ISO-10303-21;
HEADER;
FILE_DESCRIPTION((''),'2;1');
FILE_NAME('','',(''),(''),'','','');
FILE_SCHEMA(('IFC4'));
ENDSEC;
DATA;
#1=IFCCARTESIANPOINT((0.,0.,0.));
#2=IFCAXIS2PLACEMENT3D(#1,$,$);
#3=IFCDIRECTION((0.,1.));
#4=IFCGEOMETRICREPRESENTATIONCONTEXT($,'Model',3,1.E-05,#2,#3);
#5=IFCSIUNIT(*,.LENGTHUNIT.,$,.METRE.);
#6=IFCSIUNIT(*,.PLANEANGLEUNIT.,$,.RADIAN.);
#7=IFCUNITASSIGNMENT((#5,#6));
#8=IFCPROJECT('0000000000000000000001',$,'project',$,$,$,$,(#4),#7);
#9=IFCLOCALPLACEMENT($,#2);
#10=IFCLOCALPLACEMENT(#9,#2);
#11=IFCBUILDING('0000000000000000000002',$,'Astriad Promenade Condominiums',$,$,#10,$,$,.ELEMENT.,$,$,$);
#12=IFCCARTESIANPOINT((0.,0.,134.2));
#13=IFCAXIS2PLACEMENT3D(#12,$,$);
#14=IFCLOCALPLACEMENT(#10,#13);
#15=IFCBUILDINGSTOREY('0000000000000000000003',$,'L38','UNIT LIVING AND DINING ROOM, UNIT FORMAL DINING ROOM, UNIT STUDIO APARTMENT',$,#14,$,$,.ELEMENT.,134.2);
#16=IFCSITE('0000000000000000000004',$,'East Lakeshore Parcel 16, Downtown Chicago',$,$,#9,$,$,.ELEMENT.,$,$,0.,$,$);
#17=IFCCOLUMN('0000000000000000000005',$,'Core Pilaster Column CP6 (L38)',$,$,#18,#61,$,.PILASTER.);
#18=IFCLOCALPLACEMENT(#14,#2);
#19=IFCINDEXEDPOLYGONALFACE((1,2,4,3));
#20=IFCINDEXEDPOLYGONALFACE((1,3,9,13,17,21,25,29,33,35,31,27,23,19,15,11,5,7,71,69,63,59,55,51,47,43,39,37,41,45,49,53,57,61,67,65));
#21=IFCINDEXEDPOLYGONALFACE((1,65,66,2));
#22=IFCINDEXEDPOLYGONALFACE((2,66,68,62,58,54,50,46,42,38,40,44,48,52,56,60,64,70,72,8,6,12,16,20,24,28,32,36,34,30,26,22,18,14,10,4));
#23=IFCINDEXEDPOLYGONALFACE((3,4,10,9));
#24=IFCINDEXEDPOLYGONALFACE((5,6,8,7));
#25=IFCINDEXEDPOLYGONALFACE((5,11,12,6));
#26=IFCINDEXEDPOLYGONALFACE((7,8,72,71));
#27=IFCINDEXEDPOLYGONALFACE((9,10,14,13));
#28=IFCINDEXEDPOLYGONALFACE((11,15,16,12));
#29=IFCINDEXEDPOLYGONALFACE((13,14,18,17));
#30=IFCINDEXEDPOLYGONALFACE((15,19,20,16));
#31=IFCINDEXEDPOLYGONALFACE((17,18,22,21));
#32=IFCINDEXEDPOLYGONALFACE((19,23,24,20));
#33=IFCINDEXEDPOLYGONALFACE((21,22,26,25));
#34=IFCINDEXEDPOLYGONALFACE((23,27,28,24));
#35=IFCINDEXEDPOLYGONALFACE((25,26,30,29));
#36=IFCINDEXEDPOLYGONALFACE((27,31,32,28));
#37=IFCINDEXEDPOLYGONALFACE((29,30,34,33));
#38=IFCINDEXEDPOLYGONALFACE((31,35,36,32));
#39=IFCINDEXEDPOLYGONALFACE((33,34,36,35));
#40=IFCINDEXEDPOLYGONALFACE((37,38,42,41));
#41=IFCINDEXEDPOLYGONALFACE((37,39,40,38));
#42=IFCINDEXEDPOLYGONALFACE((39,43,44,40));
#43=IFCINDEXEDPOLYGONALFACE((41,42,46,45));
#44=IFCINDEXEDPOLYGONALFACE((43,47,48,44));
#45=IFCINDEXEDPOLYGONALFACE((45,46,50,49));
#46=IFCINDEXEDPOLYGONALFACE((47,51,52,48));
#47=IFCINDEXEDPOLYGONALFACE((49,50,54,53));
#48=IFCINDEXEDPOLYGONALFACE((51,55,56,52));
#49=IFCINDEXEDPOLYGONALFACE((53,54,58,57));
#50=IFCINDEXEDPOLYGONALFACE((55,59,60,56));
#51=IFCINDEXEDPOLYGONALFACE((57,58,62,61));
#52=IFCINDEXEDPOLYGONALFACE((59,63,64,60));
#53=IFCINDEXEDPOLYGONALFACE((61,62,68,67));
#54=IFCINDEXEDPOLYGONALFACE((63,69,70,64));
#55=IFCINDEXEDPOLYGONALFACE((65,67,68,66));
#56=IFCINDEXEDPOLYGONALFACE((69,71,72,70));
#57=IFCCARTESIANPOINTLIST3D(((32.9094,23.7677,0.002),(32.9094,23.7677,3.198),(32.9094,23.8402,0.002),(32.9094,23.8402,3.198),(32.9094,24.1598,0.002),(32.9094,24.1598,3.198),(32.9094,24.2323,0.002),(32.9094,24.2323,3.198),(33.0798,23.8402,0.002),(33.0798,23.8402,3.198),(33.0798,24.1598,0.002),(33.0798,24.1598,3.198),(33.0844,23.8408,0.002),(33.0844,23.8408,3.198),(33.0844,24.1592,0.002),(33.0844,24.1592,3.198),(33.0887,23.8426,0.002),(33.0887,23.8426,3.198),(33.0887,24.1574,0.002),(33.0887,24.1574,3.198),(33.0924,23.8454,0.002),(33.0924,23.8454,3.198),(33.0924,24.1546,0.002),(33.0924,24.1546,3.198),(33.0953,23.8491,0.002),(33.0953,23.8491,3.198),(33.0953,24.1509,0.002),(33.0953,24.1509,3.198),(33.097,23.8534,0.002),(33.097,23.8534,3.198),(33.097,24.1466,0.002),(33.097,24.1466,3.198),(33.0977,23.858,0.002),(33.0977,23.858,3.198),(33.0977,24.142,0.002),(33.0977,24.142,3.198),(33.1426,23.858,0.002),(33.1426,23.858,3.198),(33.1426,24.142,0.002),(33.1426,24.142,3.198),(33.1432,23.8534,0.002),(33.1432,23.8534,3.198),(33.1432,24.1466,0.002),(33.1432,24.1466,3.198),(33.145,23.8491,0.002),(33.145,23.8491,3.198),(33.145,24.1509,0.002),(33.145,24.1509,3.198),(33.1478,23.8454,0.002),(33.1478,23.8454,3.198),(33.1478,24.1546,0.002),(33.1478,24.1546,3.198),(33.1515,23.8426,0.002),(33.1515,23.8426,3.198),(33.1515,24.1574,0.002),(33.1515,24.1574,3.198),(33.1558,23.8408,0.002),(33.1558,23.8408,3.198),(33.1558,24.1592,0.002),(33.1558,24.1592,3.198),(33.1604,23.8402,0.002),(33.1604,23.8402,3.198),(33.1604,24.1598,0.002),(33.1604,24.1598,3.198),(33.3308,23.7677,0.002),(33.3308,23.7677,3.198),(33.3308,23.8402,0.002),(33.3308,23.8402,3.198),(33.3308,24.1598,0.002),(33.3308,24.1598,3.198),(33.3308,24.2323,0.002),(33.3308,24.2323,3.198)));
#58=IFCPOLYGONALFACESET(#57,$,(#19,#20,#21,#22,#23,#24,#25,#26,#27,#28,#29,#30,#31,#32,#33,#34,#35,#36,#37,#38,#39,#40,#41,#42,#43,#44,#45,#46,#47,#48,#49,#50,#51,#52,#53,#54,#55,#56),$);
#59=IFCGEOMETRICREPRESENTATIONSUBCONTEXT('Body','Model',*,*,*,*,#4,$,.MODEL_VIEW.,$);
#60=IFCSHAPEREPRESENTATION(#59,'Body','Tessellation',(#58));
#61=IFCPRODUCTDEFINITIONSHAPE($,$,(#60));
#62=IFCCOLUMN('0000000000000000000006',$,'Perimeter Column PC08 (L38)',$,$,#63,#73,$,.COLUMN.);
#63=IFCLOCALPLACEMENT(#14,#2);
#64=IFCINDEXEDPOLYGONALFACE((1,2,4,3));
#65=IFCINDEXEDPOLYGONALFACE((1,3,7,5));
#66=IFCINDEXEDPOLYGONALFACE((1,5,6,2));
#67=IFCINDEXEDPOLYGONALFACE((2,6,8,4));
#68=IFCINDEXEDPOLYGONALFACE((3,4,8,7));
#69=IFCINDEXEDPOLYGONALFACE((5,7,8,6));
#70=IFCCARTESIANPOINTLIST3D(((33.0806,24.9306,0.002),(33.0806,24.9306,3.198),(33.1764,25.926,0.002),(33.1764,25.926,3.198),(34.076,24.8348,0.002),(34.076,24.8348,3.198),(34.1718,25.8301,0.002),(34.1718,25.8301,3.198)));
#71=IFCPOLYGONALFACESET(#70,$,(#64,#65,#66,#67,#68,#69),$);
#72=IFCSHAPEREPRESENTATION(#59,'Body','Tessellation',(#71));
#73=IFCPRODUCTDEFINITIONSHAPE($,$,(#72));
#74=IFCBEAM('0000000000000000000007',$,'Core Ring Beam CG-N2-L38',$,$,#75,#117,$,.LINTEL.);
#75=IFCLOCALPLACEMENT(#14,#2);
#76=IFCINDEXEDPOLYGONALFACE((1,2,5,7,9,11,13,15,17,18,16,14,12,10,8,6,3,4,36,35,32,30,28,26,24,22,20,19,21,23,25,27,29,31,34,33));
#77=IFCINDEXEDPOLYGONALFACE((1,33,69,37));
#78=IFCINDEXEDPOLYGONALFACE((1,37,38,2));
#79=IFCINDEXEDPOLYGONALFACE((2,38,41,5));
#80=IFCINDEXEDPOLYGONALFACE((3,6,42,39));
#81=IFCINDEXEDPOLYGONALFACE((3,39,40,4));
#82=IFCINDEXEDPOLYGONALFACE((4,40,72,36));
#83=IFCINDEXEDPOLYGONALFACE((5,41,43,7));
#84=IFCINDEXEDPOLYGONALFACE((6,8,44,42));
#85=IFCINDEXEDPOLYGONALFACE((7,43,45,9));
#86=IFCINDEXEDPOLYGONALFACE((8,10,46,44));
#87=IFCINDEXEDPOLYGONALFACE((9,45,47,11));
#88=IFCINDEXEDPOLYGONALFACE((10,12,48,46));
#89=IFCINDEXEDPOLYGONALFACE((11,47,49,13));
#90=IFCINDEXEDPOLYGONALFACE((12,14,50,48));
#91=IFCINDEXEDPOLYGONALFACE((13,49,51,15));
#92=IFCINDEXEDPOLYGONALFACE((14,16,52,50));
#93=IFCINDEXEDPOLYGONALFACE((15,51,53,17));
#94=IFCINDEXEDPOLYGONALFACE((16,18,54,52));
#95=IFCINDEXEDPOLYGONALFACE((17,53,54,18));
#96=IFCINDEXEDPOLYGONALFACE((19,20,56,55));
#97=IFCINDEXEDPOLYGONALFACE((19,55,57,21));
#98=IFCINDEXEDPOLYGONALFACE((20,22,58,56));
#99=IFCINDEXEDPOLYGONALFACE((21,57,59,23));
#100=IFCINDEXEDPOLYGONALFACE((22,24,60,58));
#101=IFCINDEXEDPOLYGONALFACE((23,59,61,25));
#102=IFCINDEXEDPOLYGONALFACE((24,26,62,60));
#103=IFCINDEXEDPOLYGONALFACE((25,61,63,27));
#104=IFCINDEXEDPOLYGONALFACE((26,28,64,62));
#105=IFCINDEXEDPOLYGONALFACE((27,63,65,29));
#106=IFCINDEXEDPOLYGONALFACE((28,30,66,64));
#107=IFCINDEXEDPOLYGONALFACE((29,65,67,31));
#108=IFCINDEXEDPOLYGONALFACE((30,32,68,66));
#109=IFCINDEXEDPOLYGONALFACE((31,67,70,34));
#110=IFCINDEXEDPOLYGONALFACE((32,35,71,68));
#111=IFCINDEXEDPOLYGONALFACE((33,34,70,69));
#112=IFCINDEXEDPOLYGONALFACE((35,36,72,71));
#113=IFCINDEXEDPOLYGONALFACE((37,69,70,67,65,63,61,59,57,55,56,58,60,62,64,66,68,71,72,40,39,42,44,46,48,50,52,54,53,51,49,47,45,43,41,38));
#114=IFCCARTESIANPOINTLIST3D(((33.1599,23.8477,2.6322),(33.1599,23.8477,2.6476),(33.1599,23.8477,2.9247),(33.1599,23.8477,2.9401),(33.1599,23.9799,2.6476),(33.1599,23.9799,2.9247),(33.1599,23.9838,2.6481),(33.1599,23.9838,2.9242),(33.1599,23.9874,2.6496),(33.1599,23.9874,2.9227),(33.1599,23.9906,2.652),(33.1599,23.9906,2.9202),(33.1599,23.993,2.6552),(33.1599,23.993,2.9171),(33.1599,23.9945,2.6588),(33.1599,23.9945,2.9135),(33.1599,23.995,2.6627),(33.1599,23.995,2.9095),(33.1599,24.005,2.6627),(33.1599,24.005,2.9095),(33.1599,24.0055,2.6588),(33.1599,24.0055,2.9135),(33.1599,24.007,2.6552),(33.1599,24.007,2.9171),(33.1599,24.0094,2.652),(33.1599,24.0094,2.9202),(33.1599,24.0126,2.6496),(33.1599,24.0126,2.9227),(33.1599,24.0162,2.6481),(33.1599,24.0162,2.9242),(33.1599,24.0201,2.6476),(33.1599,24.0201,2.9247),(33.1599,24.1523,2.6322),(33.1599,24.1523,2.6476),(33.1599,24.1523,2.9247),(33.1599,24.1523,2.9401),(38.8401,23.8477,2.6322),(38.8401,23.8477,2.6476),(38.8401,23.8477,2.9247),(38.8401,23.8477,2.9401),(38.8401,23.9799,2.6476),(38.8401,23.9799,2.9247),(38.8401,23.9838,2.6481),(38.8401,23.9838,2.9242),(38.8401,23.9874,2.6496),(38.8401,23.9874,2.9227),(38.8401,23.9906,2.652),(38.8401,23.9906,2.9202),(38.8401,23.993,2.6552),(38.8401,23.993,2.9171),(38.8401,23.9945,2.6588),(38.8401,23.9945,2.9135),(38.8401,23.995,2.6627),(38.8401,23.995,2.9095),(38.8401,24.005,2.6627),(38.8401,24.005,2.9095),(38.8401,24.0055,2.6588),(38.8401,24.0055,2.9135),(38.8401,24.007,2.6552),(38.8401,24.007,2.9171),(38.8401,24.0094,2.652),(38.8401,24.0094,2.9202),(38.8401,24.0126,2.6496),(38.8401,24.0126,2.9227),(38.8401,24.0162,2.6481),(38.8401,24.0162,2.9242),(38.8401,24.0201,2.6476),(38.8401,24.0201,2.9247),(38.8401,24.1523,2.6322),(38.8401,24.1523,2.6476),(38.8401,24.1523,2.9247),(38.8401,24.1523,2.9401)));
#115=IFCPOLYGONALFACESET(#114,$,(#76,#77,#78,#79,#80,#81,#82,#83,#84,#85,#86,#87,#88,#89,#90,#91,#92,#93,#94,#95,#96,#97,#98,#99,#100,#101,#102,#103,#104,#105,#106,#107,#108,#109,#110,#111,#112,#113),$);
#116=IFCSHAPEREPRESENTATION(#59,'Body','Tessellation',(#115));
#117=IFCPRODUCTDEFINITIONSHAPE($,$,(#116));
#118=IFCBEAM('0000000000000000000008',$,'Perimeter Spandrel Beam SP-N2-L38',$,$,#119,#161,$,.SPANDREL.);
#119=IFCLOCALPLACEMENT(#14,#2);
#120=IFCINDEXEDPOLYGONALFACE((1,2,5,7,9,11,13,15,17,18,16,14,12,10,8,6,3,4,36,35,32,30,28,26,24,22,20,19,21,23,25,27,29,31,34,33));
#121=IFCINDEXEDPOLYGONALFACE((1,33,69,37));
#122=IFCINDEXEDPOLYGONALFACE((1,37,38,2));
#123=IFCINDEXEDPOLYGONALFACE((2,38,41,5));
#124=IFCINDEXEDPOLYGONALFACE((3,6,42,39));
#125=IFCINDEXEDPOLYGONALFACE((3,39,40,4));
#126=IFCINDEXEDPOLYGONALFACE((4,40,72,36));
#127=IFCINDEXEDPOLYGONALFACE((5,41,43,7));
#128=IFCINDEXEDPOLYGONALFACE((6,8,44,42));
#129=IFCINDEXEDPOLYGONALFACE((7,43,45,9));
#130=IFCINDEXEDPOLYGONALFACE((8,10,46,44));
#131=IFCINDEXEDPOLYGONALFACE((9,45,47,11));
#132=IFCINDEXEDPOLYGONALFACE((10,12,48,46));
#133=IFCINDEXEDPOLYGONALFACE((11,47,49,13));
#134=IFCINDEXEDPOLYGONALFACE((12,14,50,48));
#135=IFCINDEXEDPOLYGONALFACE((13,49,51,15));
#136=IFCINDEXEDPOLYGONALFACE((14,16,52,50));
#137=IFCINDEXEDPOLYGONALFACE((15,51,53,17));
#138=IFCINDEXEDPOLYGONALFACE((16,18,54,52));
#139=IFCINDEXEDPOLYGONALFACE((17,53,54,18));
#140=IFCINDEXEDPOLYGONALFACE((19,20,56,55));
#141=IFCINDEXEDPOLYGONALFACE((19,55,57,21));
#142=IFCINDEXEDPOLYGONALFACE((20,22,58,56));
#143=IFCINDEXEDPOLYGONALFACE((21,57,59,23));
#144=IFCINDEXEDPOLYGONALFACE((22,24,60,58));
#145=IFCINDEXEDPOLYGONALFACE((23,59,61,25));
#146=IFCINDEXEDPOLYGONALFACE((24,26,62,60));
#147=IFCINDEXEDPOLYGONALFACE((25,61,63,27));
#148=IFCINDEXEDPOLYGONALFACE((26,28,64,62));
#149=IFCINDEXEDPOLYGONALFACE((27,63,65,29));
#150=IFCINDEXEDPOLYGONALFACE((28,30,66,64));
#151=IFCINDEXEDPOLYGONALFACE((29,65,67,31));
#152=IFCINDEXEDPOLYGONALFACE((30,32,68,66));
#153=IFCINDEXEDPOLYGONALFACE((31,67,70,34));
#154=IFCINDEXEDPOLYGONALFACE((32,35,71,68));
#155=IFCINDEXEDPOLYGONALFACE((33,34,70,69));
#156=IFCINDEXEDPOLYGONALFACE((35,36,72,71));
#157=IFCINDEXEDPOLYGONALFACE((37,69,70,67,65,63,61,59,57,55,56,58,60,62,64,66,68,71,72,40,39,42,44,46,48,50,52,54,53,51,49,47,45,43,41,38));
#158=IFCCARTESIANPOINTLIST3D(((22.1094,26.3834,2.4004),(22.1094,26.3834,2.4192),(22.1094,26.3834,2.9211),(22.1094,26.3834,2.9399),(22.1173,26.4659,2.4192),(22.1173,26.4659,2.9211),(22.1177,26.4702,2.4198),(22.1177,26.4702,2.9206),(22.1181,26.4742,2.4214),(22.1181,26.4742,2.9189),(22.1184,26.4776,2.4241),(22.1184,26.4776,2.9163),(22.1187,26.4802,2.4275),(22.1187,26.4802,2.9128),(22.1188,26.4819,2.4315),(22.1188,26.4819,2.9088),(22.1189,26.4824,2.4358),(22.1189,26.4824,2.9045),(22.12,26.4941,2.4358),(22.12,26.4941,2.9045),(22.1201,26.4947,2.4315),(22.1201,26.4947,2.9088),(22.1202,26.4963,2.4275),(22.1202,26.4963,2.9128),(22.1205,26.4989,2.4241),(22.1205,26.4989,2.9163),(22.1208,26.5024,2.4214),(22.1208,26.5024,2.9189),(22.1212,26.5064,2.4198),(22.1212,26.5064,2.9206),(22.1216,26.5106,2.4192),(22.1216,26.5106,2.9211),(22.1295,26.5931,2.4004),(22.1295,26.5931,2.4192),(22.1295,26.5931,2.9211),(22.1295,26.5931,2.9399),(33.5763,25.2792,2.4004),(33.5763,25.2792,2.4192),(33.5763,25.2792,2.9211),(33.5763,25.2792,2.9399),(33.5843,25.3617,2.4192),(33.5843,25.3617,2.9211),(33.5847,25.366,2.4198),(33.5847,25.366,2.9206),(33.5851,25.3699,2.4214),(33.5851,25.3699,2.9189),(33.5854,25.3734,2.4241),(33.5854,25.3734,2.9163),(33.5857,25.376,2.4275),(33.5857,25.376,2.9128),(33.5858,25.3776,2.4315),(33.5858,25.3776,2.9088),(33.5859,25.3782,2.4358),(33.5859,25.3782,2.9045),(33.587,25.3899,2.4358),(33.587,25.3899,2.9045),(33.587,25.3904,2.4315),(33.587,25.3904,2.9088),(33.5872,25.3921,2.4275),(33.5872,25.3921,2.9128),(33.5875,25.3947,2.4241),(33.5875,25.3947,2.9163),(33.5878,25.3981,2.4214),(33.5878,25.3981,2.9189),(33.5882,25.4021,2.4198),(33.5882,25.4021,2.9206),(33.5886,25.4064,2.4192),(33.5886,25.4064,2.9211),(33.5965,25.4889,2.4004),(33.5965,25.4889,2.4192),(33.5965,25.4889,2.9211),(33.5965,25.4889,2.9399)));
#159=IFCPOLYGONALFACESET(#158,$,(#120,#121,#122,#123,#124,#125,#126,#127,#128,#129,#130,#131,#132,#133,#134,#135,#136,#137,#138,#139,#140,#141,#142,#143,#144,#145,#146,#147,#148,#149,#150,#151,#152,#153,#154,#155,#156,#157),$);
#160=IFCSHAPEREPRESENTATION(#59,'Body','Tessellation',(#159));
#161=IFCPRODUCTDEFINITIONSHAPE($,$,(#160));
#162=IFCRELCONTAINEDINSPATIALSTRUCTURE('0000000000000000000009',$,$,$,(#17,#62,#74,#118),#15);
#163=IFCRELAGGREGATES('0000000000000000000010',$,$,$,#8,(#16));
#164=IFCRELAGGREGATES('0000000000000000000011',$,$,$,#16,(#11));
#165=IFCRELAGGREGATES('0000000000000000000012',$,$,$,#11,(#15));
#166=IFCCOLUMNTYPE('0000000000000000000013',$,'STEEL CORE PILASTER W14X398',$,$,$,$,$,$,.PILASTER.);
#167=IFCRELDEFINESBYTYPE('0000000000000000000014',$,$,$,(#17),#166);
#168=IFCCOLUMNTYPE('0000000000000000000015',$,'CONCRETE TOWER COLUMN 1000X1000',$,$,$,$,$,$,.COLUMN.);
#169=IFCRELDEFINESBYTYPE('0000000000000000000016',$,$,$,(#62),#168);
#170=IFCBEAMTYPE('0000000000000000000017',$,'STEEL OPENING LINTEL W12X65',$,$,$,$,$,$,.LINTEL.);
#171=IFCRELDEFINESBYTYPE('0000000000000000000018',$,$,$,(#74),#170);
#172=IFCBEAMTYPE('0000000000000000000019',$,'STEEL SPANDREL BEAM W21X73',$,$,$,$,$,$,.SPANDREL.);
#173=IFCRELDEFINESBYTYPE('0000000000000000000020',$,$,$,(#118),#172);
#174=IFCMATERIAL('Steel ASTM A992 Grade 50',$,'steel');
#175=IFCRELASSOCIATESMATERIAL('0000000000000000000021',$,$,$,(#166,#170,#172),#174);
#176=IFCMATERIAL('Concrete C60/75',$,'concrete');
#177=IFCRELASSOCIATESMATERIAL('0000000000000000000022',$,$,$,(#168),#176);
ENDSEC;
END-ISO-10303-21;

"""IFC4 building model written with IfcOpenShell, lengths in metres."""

from ifc_helpers import new_model, si_unit, direction, frame, origin, origin_2d, place, context, subcontext, project, spatial, rectangle, i_section, extrude, source, transform, mapped, material, material_profile, profile_set, type_object, type_shapes, element, save


model = new_model("IFC4")

# Units and contexts
model_context = context("Model", 3, precision=1e-05, world=origin(), true_north=direction((0.0, 1.0)))
body_context = subcontext(model_context, "Body", "Model", "MODEL_VIEW")
ifc_project = project(units=[si_unit("LENGTHUNIT", "METRE"), si_unit("PLANEANGLEUNIT", "RADIAN")], contexts=[model_context])

# Site, building, storey
site_placement = place(None, origin())
site = spatial("IfcSite", under=ifc_project, at=site_placement, Name="East Lakeshore Parcel 16, Downtown Chicago", CompositionType="ELEMENT", RefElevation=0.0)
building_placement = place(site_placement, origin())
building = spatial("IfcBuilding", under=site, at=building_placement, Name="Astriad Promenade Condominiums", CompositionType="ELEMENT")
storey_placement = place(building_placement, frame((0.0, 0.0, 134.2)))
storey = spatial("IfcBuildingStorey", under=building, at=storey_placement, Name="L38", Description="UNIT LIVING AND DINING ROOM, UNIT FORMAL DINING ROOM, UNIT STUDIO APARTMENT", CompositionType="ELEMENT", Elevation=134.2)

# Columns
ifc_material_1 = material(Name="Steel ASTM A992 Grade 50", Category="steel")
ifc_material_profile_1 = material_profile(ifc_material_1, i_section(OverallWidth=0.4214, OverallDepth=0.4646, WebThickness=0.0449, FlangeThickness=0.0725, FilletRadius=0.0178, at=origin_2d()), Name="W14X398")
ifc_profile_set_1 = profile_set([ifc_material_profile_1], Name="Steel ASTM A992 Grade 50")
column_type_1 = type_object("IfcColumnType", Name="STEEL CORE PILASTER W14X398", PredefinedType="PILASTER", material=ifc_profile_set_1)
shared_shape_1 = source(origin(), body_context, "Body", "SweptSolid", [
    extrude(i_section(OverallWidth=0.4214, OverallDepth=0.4646, WebThickness=0.0449, FlangeThickness=0.0725, FilletRadius=0.0178, at=origin_2d()), origin(), (0.0, 0.0, 1.0), 3.196),
])
type_shapes(column_type_1, [shared_shape_1])
column_1_placement = place(storey_placement, frame((33.1201, 24.0, 0.002), z_axis=(0.0, 0.0, 1.0), x_axis=(1.0, 0.0, 0.0)))
element("IfcColumn", 1, at=column_1_placement, inside=storey, type_object=column_type_1, Name="Core Pilaster Column CP6 (L38)", PredefinedType="PILASTER", context=body_context, shape_type="MappedRepresentation", body=[
    mapped(shared_shape_1, transform((0.0, 0.0, 0.0), scale=1.0)),
])
ifc_material_2 = material(Name="Concrete C60/75", Category="concrete")
ifc_material_profile_2 = material_profile(ifc_material_2, rectangle(XDim=1.0, YDim=1.0, at=origin_2d()), Name="RC-COL-1000X1000")
ifc_profile_set_2 = profile_set([ifc_material_profile_2], Name="Concrete C60/75")
column_type_2 = type_object("IfcColumnType", Name="CONCRETE TOWER COLUMN 1000X1000", PredefinedType="COLUMN", material=ifc_profile_set_2)
shared_shape_2 = source(origin(), body_context, "Body", "SweptSolid", [
    extrude(rectangle(XDim=1.0, YDim=1.0, at=origin_2d()), origin(), (0.0, 0.0, 1.0), 3.196),
])
type_shapes(column_type_2, [shared_shape_2])
column_2_placement = place(storey_placement, frame((33.6262, 25.3804, 0.002), z_axis=(0.0, 0.0, 1.0), x_axis=(0.995396, -0.095846, 0.0)))
element("IfcColumn", 2, at=column_2_placement, inside=storey, type_object=column_type_2, Name="Perimeter Column PC08 (L38)", PredefinedType="COLUMN", context=body_context, shape_type="MappedRepresentation", body=[
    mapped(shared_shape_2, transform((0.0, 0.0, 0.0), scale=1.0)),
])

# Beams
ifc_material_profile_3 = material_profile(ifc_material_1, i_section(OverallWidth=0.3047, OverallDepth=0.3079, WebThickness=0.01, FlangeThickness=0.0154, FilletRadius=0.0151, at=origin_2d()), Name="W12X65")
ifc_profile_set_3 = profile_set([ifc_material_profile_3], Name="Steel ASTM A992 Grade 50")
beam_type_1 = type_object("IfcBeamType", Name="STEEL OPENING LINTEL W12X65", PredefinedType="LINTEL", material=ifc_profile_set_3)
shared_shape_3 = source(origin(), body_context, "Body", "SweptSolid", [
    extrude(i_section(OverallWidth=0.3047, OverallDepth=0.3079, WebThickness=0.01, FlangeThickness=0.0154, FilletRadius=0.0151, at=origin_2d()), origin(), (0.0, 0.0, 1.0), 5.6802),
])
type_shapes(beam_type_1, [shared_shape_3])
beam_1_placement = place(storey_placement, frame((33.1599, 24.0, 2.7861), z_axis=(1.0, 0.0, 0.0), x_axis=(0.0, 1.0, 0.0)))
element("IfcBeam", 3, at=beam_1_placement, inside=storey, type_object=beam_type_1, Name="Core Ring Beam CG-N2-L38", PredefinedType="LINTEL", context=body_context, shape_type="MappedRepresentation", body=[
    mapped(shared_shape_3, transform((0.0, 0.0, 0.0), scale=1.0)),
])
ifc_material_profile_4 = material_profile(ifc_material_1, i_section(OverallWidth=0.2107, OverallDepth=0.5396, WebThickness=0.0117, FlangeThickness=0.0188, FilletRadius=0.0166, at=origin_2d()), Name="W21X73")
ifc_profile_set_4 = profile_set([ifc_material_profile_4], Name="Steel ASTM A992 Grade 50")
beam_type_2 = type_object("IfcBeamType", Name="STEEL SPANDREL BEAM W21X73", PredefinedType="SPANDREL", material=ifc_profile_set_4)
shared_shape_4 = source(origin(), body_context, "Body", "SweptSolid", [
    extrude(i_section(OverallWidth=0.2107, OverallDepth=0.5396, WebThickness=0.0117, FlangeThickness=0.0188, FilletRadius=0.0166, at=origin_2d()), origin(), (0.0, 0.0, 1.0), 11.52),
])
type_shapes(beam_type_2, [shared_shape_4])
beam_2_placement = place(storey_placement, frame((33.5864, 25.384, 2.6702), z_axis=(-0.995395, 0.095854, 0.0), x_axis=(-0.095854, -0.995395, 0.0)))
element("IfcBeam", 4, at=beam_2_placement, inside=storey, type_object=beam_type_2, Name="Perimeter Spandrel Beam SP-N2-L38", PredefinedType="SPANDREL", context=body_context, shape_type="MappedRepresentation", body=[
    mapped(shared_shape_4, transform((0.0, 0.0, 0.0), scale=1.0)),
])

save(model, "model.ifc")
